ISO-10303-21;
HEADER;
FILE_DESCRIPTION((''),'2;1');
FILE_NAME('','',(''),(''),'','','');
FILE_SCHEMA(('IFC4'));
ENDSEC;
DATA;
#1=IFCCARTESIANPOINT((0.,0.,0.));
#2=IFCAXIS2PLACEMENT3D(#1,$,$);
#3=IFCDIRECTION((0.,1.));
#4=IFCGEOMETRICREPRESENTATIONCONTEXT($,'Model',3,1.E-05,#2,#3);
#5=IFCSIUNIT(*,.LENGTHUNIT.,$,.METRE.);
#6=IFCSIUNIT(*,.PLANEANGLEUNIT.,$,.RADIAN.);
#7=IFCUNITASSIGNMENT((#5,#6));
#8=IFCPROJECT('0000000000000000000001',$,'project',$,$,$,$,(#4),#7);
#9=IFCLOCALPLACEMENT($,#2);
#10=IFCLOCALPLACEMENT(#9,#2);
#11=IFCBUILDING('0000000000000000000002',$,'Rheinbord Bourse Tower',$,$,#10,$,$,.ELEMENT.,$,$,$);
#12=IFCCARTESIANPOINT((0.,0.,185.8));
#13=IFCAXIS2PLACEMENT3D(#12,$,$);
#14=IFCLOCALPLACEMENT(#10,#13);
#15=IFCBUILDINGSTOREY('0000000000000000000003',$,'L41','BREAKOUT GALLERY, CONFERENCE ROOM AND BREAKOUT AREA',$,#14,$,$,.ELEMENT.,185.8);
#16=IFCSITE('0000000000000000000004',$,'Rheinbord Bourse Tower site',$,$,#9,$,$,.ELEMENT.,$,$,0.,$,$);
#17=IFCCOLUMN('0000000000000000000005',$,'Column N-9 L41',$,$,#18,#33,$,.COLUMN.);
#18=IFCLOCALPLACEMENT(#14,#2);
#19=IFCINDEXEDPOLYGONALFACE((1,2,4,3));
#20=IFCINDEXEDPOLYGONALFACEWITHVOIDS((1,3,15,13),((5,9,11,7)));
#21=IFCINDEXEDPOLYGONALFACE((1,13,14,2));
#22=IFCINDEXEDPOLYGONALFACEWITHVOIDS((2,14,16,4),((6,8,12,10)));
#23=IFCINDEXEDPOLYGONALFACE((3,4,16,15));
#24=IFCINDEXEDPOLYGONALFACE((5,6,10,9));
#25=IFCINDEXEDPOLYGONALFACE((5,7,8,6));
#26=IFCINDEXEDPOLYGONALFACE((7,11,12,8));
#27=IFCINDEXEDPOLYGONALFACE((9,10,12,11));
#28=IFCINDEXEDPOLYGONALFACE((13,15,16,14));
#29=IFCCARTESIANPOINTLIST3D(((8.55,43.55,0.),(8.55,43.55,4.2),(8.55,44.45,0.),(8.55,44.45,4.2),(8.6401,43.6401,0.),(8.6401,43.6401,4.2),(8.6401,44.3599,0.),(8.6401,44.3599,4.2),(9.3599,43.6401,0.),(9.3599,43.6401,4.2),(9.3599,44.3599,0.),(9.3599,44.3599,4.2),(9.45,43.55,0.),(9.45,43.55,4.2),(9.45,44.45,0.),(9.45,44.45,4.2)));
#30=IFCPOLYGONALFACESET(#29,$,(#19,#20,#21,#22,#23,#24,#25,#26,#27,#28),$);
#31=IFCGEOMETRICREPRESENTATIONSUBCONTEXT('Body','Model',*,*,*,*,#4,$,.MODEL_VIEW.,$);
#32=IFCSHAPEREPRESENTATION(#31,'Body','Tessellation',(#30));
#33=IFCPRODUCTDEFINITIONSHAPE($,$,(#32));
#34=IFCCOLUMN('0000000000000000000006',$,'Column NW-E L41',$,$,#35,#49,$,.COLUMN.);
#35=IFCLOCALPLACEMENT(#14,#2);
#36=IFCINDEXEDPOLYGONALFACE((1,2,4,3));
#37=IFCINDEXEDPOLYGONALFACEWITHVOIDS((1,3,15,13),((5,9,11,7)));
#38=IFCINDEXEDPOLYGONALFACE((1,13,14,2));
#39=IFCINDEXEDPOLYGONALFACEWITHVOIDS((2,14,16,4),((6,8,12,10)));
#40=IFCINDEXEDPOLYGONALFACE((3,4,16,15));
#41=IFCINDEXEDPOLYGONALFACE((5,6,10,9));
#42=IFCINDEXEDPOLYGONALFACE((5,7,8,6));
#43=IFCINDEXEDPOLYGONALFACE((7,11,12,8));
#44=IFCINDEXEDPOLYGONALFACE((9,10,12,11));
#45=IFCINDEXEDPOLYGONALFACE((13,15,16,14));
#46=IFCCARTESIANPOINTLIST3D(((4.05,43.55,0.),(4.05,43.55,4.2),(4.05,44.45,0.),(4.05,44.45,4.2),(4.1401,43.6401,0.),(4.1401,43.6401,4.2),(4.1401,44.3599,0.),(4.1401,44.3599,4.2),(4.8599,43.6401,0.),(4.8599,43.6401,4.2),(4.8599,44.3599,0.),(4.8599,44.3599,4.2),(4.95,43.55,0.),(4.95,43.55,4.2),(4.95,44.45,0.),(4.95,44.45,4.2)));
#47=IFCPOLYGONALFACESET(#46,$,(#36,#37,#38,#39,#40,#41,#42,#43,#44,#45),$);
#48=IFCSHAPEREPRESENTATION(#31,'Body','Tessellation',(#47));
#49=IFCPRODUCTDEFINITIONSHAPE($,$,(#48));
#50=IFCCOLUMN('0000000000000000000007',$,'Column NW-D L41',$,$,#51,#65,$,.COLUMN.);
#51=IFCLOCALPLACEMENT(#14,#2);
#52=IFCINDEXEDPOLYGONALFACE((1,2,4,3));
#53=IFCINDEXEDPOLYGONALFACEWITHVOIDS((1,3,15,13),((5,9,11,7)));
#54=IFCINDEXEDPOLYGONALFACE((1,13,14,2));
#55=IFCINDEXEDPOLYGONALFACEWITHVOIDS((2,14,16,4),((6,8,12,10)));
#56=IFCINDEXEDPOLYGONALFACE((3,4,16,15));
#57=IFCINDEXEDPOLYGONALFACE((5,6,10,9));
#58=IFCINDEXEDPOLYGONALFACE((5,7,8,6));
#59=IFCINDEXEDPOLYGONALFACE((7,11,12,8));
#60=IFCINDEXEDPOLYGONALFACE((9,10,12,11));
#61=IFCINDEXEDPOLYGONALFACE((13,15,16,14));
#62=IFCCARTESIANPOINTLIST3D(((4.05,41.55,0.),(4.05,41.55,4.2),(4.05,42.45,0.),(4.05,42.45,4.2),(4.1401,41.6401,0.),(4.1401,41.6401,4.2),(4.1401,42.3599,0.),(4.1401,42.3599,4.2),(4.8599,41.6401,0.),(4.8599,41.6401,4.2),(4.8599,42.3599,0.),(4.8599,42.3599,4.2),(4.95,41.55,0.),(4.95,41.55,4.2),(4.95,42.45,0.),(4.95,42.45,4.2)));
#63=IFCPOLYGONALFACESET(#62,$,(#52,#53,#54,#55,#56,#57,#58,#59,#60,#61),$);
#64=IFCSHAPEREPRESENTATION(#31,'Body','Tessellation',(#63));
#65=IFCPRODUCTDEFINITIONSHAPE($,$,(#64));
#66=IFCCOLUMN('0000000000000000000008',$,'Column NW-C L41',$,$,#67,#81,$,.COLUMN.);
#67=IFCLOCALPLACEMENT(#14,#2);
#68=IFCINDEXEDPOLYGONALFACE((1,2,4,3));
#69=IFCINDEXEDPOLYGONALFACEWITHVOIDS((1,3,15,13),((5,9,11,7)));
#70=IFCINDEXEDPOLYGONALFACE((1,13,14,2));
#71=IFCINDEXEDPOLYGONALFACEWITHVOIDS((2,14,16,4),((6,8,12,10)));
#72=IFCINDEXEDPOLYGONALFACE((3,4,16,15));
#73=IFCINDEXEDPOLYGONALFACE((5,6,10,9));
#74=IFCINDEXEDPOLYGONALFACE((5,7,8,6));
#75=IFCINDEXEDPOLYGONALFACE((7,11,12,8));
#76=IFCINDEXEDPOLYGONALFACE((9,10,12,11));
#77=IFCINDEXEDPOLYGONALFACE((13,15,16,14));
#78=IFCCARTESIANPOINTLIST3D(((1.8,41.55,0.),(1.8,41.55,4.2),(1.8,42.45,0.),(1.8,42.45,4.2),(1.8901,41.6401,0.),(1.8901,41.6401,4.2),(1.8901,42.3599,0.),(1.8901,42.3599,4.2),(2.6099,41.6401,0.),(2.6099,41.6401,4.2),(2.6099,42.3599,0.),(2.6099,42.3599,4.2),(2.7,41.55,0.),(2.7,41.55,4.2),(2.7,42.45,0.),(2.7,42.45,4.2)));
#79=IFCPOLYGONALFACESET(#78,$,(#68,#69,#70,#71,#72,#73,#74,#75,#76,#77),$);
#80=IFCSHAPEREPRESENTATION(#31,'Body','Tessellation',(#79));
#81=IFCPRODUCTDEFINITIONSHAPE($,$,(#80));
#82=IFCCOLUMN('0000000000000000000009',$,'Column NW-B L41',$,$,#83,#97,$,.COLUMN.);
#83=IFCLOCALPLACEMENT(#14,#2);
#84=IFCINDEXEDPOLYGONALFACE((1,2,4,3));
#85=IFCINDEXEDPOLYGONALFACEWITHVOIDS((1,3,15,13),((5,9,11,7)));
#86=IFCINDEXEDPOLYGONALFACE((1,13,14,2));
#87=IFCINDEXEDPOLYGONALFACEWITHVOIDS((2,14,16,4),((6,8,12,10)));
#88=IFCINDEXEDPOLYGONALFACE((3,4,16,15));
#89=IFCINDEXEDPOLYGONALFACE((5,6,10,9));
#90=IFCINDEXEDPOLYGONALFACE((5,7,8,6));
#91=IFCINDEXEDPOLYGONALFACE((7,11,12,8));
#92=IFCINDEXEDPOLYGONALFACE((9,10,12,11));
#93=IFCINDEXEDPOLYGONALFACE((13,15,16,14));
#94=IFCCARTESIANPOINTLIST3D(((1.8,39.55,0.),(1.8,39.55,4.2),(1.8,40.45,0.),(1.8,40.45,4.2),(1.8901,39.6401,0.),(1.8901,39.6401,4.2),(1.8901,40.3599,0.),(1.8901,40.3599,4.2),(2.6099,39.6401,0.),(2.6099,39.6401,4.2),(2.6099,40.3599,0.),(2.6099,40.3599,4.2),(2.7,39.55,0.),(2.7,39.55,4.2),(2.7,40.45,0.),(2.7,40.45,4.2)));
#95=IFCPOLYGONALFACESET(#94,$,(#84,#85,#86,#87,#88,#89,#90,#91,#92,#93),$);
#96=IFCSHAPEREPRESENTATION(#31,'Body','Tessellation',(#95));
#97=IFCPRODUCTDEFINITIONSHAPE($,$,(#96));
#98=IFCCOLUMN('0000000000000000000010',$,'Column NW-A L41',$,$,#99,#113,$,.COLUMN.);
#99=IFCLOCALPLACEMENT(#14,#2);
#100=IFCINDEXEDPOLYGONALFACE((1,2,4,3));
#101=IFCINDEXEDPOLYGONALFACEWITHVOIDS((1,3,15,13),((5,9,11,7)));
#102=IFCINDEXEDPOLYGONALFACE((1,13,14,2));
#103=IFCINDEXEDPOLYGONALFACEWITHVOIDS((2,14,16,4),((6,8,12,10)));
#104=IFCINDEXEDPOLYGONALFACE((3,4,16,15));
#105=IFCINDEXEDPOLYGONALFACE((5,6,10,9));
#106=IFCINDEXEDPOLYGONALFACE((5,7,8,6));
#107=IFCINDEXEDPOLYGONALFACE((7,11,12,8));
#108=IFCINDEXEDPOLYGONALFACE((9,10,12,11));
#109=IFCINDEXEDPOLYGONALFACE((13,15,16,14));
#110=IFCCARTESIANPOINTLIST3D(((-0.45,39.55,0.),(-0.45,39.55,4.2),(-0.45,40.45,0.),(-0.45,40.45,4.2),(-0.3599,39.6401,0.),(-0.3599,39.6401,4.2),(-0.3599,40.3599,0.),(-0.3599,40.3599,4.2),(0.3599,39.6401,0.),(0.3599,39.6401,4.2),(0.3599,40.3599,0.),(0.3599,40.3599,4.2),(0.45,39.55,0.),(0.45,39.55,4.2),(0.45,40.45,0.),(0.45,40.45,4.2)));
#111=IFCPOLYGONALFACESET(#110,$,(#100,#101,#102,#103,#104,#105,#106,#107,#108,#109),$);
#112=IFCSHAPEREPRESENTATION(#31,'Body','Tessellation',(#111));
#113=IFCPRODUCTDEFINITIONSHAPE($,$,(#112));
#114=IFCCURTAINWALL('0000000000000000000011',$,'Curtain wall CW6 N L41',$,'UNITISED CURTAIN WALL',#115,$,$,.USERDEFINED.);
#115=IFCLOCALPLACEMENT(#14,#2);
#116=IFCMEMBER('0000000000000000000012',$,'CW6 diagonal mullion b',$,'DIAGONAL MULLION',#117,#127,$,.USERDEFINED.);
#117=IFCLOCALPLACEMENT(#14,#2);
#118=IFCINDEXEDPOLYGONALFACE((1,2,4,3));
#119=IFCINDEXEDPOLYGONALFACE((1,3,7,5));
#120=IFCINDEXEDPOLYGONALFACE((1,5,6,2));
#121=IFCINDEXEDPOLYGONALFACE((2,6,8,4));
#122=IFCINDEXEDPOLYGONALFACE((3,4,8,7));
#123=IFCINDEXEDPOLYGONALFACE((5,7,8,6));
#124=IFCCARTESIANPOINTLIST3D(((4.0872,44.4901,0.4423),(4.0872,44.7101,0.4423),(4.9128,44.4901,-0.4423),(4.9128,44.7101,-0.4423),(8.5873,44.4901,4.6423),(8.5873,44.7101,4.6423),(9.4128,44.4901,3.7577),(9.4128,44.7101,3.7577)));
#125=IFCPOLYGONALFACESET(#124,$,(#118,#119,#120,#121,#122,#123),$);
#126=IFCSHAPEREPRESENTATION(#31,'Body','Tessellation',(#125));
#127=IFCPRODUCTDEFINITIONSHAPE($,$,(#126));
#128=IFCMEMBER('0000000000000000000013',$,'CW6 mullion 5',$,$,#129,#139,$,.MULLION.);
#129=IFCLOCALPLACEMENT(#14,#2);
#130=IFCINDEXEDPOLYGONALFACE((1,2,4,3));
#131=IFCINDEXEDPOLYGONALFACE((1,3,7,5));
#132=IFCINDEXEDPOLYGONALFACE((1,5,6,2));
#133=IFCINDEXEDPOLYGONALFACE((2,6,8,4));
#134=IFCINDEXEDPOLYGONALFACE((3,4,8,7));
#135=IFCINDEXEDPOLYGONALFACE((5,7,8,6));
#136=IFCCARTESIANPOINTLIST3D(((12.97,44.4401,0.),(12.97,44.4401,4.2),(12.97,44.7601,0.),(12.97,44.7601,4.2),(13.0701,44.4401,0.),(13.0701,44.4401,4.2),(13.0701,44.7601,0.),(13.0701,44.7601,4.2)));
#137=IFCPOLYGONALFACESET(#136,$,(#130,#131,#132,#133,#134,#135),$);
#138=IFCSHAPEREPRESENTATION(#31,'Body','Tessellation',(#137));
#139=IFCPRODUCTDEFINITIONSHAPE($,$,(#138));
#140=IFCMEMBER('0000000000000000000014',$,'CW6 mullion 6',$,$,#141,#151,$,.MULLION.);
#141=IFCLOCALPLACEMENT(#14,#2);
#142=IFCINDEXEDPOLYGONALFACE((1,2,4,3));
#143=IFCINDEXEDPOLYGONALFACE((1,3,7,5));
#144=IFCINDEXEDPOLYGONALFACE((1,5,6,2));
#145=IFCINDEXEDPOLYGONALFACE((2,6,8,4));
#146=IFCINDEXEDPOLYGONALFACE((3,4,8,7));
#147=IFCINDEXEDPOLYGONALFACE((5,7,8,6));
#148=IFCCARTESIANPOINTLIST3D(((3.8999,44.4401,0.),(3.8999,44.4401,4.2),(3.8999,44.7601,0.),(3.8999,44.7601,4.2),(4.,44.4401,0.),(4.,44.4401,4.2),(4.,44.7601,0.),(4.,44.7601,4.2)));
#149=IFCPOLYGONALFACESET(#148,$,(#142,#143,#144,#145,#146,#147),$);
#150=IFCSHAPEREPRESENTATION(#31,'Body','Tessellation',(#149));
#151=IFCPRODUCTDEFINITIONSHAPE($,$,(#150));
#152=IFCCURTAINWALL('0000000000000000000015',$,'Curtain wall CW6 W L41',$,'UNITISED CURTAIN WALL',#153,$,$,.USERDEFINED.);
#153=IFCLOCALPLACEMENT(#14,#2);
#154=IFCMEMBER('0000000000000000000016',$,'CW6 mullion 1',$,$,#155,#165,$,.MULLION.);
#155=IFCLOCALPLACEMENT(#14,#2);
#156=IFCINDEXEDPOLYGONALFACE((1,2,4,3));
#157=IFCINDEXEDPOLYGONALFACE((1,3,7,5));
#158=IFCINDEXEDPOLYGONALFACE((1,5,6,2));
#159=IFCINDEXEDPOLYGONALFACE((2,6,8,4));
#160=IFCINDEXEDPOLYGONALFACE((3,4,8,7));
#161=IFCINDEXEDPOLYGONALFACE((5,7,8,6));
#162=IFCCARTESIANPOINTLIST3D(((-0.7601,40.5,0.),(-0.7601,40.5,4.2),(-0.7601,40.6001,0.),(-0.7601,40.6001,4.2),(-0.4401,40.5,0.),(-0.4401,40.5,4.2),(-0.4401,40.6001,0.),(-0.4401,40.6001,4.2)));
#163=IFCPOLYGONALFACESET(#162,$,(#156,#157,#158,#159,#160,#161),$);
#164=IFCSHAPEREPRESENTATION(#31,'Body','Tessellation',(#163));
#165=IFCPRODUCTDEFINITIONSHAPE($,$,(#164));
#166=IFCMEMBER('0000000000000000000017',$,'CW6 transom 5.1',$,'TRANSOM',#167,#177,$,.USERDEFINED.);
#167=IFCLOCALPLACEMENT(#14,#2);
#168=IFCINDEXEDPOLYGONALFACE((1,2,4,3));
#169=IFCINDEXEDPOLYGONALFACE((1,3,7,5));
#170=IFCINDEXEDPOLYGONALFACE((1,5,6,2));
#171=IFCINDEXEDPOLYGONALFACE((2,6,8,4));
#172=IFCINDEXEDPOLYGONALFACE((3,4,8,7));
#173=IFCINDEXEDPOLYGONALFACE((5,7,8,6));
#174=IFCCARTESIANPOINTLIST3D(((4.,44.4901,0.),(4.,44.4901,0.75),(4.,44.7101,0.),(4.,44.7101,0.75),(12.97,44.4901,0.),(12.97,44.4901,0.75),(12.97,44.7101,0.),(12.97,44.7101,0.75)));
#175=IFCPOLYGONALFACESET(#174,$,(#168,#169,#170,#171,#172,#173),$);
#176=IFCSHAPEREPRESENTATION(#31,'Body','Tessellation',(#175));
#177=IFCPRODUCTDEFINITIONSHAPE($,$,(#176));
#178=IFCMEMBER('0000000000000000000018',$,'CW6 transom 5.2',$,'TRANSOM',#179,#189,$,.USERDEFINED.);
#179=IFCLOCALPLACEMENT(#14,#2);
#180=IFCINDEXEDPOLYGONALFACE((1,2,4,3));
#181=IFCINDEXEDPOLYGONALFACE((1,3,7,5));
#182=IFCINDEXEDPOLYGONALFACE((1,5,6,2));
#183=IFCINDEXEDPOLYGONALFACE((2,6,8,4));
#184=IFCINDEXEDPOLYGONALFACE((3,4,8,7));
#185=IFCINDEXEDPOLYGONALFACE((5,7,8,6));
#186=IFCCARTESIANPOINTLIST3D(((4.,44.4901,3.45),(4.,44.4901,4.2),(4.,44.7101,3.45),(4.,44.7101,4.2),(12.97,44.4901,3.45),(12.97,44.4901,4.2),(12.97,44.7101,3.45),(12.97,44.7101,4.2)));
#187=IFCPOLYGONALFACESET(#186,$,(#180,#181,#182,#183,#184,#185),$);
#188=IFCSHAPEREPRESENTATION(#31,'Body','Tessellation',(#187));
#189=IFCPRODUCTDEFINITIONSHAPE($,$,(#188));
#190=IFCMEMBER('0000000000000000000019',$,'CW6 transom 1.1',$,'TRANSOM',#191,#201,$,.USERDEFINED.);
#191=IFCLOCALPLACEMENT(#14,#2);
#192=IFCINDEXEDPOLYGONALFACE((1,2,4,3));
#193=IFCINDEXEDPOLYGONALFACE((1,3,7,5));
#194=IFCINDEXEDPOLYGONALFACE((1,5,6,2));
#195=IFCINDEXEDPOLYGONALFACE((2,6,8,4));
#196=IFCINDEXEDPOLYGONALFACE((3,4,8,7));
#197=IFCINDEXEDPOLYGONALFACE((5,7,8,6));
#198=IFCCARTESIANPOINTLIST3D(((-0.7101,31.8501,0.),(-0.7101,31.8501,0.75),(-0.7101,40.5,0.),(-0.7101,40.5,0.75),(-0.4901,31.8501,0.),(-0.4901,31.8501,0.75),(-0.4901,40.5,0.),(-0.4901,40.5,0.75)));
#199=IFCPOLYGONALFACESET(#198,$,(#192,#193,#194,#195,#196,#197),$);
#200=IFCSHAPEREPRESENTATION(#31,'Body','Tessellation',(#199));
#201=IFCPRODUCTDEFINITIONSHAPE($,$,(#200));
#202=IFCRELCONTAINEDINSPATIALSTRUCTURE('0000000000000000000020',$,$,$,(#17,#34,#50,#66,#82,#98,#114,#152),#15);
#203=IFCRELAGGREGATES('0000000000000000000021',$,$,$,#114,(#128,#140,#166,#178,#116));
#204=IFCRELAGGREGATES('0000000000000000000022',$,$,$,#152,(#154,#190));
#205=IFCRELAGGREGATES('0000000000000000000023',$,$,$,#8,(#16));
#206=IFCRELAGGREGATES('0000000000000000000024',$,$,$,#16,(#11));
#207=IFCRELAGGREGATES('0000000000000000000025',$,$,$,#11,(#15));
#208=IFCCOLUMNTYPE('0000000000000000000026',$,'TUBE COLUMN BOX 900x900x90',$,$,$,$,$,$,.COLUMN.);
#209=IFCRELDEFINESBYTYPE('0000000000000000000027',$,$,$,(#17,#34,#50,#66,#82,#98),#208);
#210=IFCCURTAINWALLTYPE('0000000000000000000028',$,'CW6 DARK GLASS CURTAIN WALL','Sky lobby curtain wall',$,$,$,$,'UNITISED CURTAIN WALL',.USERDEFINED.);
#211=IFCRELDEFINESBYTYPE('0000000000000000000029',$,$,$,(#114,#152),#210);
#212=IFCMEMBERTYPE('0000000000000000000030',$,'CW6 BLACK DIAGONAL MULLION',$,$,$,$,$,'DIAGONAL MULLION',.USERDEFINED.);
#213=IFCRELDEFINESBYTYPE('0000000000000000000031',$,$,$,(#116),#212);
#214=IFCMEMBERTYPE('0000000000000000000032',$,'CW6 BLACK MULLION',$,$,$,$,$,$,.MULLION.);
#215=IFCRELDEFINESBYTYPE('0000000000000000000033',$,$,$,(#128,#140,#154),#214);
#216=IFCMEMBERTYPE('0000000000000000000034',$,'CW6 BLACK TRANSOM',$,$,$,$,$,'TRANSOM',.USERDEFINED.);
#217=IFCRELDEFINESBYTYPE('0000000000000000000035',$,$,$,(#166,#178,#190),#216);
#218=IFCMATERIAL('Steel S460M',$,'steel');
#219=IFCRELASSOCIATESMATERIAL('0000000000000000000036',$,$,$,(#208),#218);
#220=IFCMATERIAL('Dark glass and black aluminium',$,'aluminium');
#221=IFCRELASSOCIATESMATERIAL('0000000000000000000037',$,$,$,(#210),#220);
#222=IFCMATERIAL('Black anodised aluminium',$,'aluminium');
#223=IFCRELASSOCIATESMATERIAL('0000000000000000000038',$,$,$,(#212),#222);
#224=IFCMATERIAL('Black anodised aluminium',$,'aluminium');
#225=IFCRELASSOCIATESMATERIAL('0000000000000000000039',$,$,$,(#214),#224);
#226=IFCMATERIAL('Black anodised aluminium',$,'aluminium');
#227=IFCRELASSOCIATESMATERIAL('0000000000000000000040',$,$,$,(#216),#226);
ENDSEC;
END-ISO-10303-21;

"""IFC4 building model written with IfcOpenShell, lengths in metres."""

from ifc_helpers import new_model, si_unit, direction, frame, origin, origin_2d, place, context, subcontext, project, spatial, rectangle, hollow_rectangle, extrude, material, material_profile, profile_set, type_object, element, aggregate, save


model = new_model("IFC4")

# Units and contexts
model_context = context("Model", 3, precision=1e-05, world=origin(), true_north=direction((0.0, 1.0)))
body_context = subcontext(model_context, "Body", "Model", "MODEL_VIEW")
ifc_project = project(units=[si_unit("LENGTHUNIT", "METRE"), si_unit("PLANEANGLEUNIT", "RADIAN")], contexts=[model_context])

# Site, building, storey
site_placement = place(None, origin())
site = spatial("IfcSite", under=ifc_project, at=site_placement, Name="Rheinbord Bourse Tower site", CompositionType="ELEMENT", RefElevation=0.0)
building_placement = place(site_placement, origin())
building = spatial("IfcBuilding", under=site, at=building_placement, Name="Rheinbord Bourse Tower", CompositionType="ELEMENT")
storey_placement = place(building_placement, frame((0.0, 0.0, 185.8)))
storey = spatial("IfcBuildingStorey", under=building, at=storey_placement, Name="L41", Description="BREAKOUT GALLERY, CONFERENCE ROOM AND BREAKOUT AREA", CompositionType="ELEMENT", Elevation=185.8)

# Columns
ifc_material_1 = material(Name="Steel S460M", Category="steel")
ifc_material_profile_1 = material_profile(ifc_material_1, hollow_rectangle(XDim=0.8999, YDim=0.8999, WallThickness=0.0901, at=origin_2d()), Name="BOX 900x900x90")
ifc_profile_set_1 = profile_set([ifc_material_profile_1], Name="Steel S460M")
column_type = type_object("IfcColumnType", Name="TUBE COLUMN BOX 900x900x90", PredefinedType="COLUMN", material=ifc_profile_set_1)
for number, where, z_axis, x_axis, name in (
    (1, (9.0, 44.0, 0.0), (0.0, 0.0, 1.0), (0.0, 1.0, 0.0), "Column N-9 L41"),
    (2, (4.5, 44.0, 0.0), (0.0, 0.0, 1.0), (0.0, 1.0, 0.0), "Column NW-E L41"),
    (3, (4.5, 42.0, 0.0), (0.0, 0.0, 1.0), (0.0, 1.0, 0.0), "Column NW-D L41"),
    (4, (2.25, 42.0, 0.0), (0.0, 0.0, 1.0), (1.0, 0.0, 0.0), "Column NW-C L41"),
    (5, (2.25, 40.0, 0.0), (0.0, 0.0, 1.0), (1.0, 0.0, 0.0), "Column NW-B L41"),
    (6, (0.0, 40.0, 0.0), (0.0, 0.0, 1.0), (1.0, 0.0, 0.0), "Column NW-A L41"),
):
    element("IfcColumn", number, at=place(storey_placement, frame(where, z_axis=z_axis, x_axis=x_axis)), inside=storey, type_object=column_type, Name=name, PredefinedType="COLUMN", context=body_context, shape_type="SweptSolid", body=[
        extrude(hollow_rectangle(XDim=0.8999, YDim=0.8999, WallThickness=0.0901, at=origin_2d()), origin(), (0.0, 0.0, 1.0), 4.2),
    ])

# Curtain wall, members
ifc_material_2 = material(Name="Dark glass and black aluminium", Category="aluminium")
curtain_wall_type = type_object("IfcCurtainWallType", Name="CW6 DARK GLASS CURTAIN WALL", Description="Sky lobby curtain wall", ElementType="UNITISED CURTAIN WALL", PredefinedType="USERDEFINED", material=ifc_material_2)
curtain_wall_1_placement = place(storey_placement, origin())
curtain_wall_1 = element("IfcCurtainWall", 7, at=curtain_wall_1_placement, inside=storey, type_object=curtain_wall_type, Name="Curtain wall CW6 N L41", ObjectType="UNITISED CURTAIN WALL", PredefinedType="USERDEFINED")
ifc_material_3 = material(Name="Black anodised aluminium", Category="aluminium")
ifc_material_profile_2 = material_profile(ifc_material_3, rectangle(XDim=0.22, YDim=1.21, at=origin_2d()), Name="CW6 DIAGONAL MULLION 1210x220")
ifc_profile_set_2 = profile_set([ifc_material_profile_2], Name="Black anodised aluminium")
member_type_1 = type_object("IfcMemberType", Name="CW6 BLACK DIAGONAL MULLION", ElementType="DIAGONAL MULLION", PredefinedType="USERDEFINED", material=ifc_profile_set_2)
member_1_placement = place(storey_placement, frame((4.5, 44.6001, 0.0), z_axis=(0.731059, 0.0, 0.682314), x_axis=(0.0, 1.0, 0.0)))
member_1 = element("IfcMember", 8, at=member_1_placement, type_object=member_type_1, Name="CW6 diagonal mullion b", ObjectType="DIAGONAL MULLION", PredefinedType="USERDEFINED", context=body_context, shape_type="SweptSolid", body=[
    extrude(rectangle(XDim=0.22, YDim=1.21, at=origin_2d()), origin(), (0.0, 0.0, 1.0), 6.1555),
])
ifc_material_4 = material(Name="Black anodised aluminium", Category="aluminium")
ifc_material_profile_3 = material_profile(ifc_material_4, rectangle(XDim=0.3201, YDim=0.1001, at=origin_2d()), Name="CW6 MULLION 100x320")
ifc_profile_set_3 = profile_set([ifc_material_profile_3], Name="Black anodised aluminium")
member_type_2 = type_object("IfcMemberType", Name="CW6 BLACK MULLION", PredefinedType="MULLION", material=ifc_profile_set_3)
member_2_placement = place(storey_placement, frame((13.02, 44.6001, 0.0), z_axis=(0.0, 0.0, 1.0), x_axis=(0.0, -1.0, 0.0)))
member_2 = element("IfcMember", 9, at=member_2_placement, type_object=member_type_2, Name="CW6 mullion 5", PredefinedType="MULLION", context=body_context, shape_type="SweptSolid", body=[
    extrude(rectangle(XDim=0.3201, YDim=0.1001, at=origin_2d()), origin(), (0.0, 0.0, 1.0), 4.2),
])
member_3_placement = place(storey_placement, frame((3.95, 44.6001, 0.0), z_axis=(0.0, 0.0, 1.0), x_axis=(0.0, -1.0, 0.0)))
member_3 = element("IfcMember", 10, at=member_3_placement, type_object=member_type_2, Name="CW6 mullion 6", PredefinedType="MULLION", context=body_context, shape_type="SweptSolid", body=[
    extrude(rectangle(XDim=0.3201, YDim=0.1001, at=origin_2d()), origin(), (0.0, 0.0, 1.0), 4.2),
])

# Curtain wall, member
curtain_wall_2_placement = place(storey_placement, origin())
curtain_wall_2 = element("IfcCurtainWall", 11, at=curtain_wall_2_placement, inside=storey, type_object=curtain_wall_type, Name="Curtain wall CW6 W L41", ObjectType="UNITISED CURTAIN WALL", PredefinedType="USERDEFINED")
member_4_placement = place(storey_placement, frame((-0.6001, 40.55, 0.0), z_axis=(0.0, 0.0, 1.0), x_axis=(1.0, 0.0, 0.0)))
member_4 = element("IfcMember", 12, at=member_4_placement, type_object=member_type_2, Name="CW6 mullion 1", PredefinedType="MULLION", context=body_context, shape_type="SweptSolid", body=[
    extrude(rectangle(XDim=0.3201, YDim=0.1001, at=origin_2d()), origin(), (0.0, 0.0, 1.0), 4.2),
])

# Members
ifc_material_5 = material(Name="Black anodised aluminium", Category="aluminium")
ifc_material_profile_4 = material_profile(ifc_material_5, rectangle(XDim=0.22, YDim=0.75, at=origin_2d()), Name="CW6 TRANSOM 750x220")
ifc_profile_set_4 = profile_set([ifc_material_profile_4], Name="Black anodised aluminium")
member_type_3 = type_object("IfcMemberType", Name="CW6 BLACK TRANSOM", ElementType="TRANSOM", PredefinedType="USERDEFINED", material=ifc_profile_set_4)
member_5_placement = place(storey_placement, frame((12.97, 44.6001, 0.375), z_axis=(-1.0, 0.0, 0.0), x_axis=(0.0, -1.0, 0.0)))
member_5 = element("IfcMember", 13, at=member_5_placement, type_object=member_type_3, Name="CW6 transom 5.1", ObjectType="TRANSOM", PredefinedType="USERDEFINED", context=body_context, shape_type="SweptSolid", body=[
    extrude(rectangle(XDim=0.22, YDim=0.75, at=origin_2d()), origin(), (0.0, 0.0, 1.0), 8.97),
])
member_6_placement = place(storey_placement, frame((12.97, 44.6001, 3.825), z_axis=(-1.0, 0.0, 0.0), x_axis=(0.0, -1.0, 0.0)))
member_6 = element("IfcMember", 14, at=member_6_placement, type_object=member_type_3, Name="CW6 transom 5.2", ObjectType="TRANSOM", PredefinedType="USERDEFINED", context=body_context, shape_type="SweptSolid", body=[
    extrude(rectangle(XDim=0.22, YDim=0.75, at=origin_2d()), origin(), (0.0, 0.0, 1.0), 8.97),
])
member_7_placement = place(storey_placement, frame((-0.6001, 40.5, 0.375), z_axis=(0.0, -1.0, 0.0), x_axis=(1.0, 0.0, 0.0)))
member_7 = element("IfcMember", 15, at=member_7_placement, type_object=member_type_3, Name="CW6 transom 1.1", ObjectType="TRANSOM", PredefinedType="USERDEFINED", context=body_context, shape_type="SweptSolid", body=[
    extrude(rectangle(XDim=0.22, YDim=0.75, at=origin_2d()), origin(), (0.0, 0.0, 1.0), 8.6499),
])

aggregate(curtain_wall_1, [member_2, member_3, member_5, member_6, member_1])
aggregate(curtain_wall_2, [member_4, member_7])

save(model, "model.ifc")
